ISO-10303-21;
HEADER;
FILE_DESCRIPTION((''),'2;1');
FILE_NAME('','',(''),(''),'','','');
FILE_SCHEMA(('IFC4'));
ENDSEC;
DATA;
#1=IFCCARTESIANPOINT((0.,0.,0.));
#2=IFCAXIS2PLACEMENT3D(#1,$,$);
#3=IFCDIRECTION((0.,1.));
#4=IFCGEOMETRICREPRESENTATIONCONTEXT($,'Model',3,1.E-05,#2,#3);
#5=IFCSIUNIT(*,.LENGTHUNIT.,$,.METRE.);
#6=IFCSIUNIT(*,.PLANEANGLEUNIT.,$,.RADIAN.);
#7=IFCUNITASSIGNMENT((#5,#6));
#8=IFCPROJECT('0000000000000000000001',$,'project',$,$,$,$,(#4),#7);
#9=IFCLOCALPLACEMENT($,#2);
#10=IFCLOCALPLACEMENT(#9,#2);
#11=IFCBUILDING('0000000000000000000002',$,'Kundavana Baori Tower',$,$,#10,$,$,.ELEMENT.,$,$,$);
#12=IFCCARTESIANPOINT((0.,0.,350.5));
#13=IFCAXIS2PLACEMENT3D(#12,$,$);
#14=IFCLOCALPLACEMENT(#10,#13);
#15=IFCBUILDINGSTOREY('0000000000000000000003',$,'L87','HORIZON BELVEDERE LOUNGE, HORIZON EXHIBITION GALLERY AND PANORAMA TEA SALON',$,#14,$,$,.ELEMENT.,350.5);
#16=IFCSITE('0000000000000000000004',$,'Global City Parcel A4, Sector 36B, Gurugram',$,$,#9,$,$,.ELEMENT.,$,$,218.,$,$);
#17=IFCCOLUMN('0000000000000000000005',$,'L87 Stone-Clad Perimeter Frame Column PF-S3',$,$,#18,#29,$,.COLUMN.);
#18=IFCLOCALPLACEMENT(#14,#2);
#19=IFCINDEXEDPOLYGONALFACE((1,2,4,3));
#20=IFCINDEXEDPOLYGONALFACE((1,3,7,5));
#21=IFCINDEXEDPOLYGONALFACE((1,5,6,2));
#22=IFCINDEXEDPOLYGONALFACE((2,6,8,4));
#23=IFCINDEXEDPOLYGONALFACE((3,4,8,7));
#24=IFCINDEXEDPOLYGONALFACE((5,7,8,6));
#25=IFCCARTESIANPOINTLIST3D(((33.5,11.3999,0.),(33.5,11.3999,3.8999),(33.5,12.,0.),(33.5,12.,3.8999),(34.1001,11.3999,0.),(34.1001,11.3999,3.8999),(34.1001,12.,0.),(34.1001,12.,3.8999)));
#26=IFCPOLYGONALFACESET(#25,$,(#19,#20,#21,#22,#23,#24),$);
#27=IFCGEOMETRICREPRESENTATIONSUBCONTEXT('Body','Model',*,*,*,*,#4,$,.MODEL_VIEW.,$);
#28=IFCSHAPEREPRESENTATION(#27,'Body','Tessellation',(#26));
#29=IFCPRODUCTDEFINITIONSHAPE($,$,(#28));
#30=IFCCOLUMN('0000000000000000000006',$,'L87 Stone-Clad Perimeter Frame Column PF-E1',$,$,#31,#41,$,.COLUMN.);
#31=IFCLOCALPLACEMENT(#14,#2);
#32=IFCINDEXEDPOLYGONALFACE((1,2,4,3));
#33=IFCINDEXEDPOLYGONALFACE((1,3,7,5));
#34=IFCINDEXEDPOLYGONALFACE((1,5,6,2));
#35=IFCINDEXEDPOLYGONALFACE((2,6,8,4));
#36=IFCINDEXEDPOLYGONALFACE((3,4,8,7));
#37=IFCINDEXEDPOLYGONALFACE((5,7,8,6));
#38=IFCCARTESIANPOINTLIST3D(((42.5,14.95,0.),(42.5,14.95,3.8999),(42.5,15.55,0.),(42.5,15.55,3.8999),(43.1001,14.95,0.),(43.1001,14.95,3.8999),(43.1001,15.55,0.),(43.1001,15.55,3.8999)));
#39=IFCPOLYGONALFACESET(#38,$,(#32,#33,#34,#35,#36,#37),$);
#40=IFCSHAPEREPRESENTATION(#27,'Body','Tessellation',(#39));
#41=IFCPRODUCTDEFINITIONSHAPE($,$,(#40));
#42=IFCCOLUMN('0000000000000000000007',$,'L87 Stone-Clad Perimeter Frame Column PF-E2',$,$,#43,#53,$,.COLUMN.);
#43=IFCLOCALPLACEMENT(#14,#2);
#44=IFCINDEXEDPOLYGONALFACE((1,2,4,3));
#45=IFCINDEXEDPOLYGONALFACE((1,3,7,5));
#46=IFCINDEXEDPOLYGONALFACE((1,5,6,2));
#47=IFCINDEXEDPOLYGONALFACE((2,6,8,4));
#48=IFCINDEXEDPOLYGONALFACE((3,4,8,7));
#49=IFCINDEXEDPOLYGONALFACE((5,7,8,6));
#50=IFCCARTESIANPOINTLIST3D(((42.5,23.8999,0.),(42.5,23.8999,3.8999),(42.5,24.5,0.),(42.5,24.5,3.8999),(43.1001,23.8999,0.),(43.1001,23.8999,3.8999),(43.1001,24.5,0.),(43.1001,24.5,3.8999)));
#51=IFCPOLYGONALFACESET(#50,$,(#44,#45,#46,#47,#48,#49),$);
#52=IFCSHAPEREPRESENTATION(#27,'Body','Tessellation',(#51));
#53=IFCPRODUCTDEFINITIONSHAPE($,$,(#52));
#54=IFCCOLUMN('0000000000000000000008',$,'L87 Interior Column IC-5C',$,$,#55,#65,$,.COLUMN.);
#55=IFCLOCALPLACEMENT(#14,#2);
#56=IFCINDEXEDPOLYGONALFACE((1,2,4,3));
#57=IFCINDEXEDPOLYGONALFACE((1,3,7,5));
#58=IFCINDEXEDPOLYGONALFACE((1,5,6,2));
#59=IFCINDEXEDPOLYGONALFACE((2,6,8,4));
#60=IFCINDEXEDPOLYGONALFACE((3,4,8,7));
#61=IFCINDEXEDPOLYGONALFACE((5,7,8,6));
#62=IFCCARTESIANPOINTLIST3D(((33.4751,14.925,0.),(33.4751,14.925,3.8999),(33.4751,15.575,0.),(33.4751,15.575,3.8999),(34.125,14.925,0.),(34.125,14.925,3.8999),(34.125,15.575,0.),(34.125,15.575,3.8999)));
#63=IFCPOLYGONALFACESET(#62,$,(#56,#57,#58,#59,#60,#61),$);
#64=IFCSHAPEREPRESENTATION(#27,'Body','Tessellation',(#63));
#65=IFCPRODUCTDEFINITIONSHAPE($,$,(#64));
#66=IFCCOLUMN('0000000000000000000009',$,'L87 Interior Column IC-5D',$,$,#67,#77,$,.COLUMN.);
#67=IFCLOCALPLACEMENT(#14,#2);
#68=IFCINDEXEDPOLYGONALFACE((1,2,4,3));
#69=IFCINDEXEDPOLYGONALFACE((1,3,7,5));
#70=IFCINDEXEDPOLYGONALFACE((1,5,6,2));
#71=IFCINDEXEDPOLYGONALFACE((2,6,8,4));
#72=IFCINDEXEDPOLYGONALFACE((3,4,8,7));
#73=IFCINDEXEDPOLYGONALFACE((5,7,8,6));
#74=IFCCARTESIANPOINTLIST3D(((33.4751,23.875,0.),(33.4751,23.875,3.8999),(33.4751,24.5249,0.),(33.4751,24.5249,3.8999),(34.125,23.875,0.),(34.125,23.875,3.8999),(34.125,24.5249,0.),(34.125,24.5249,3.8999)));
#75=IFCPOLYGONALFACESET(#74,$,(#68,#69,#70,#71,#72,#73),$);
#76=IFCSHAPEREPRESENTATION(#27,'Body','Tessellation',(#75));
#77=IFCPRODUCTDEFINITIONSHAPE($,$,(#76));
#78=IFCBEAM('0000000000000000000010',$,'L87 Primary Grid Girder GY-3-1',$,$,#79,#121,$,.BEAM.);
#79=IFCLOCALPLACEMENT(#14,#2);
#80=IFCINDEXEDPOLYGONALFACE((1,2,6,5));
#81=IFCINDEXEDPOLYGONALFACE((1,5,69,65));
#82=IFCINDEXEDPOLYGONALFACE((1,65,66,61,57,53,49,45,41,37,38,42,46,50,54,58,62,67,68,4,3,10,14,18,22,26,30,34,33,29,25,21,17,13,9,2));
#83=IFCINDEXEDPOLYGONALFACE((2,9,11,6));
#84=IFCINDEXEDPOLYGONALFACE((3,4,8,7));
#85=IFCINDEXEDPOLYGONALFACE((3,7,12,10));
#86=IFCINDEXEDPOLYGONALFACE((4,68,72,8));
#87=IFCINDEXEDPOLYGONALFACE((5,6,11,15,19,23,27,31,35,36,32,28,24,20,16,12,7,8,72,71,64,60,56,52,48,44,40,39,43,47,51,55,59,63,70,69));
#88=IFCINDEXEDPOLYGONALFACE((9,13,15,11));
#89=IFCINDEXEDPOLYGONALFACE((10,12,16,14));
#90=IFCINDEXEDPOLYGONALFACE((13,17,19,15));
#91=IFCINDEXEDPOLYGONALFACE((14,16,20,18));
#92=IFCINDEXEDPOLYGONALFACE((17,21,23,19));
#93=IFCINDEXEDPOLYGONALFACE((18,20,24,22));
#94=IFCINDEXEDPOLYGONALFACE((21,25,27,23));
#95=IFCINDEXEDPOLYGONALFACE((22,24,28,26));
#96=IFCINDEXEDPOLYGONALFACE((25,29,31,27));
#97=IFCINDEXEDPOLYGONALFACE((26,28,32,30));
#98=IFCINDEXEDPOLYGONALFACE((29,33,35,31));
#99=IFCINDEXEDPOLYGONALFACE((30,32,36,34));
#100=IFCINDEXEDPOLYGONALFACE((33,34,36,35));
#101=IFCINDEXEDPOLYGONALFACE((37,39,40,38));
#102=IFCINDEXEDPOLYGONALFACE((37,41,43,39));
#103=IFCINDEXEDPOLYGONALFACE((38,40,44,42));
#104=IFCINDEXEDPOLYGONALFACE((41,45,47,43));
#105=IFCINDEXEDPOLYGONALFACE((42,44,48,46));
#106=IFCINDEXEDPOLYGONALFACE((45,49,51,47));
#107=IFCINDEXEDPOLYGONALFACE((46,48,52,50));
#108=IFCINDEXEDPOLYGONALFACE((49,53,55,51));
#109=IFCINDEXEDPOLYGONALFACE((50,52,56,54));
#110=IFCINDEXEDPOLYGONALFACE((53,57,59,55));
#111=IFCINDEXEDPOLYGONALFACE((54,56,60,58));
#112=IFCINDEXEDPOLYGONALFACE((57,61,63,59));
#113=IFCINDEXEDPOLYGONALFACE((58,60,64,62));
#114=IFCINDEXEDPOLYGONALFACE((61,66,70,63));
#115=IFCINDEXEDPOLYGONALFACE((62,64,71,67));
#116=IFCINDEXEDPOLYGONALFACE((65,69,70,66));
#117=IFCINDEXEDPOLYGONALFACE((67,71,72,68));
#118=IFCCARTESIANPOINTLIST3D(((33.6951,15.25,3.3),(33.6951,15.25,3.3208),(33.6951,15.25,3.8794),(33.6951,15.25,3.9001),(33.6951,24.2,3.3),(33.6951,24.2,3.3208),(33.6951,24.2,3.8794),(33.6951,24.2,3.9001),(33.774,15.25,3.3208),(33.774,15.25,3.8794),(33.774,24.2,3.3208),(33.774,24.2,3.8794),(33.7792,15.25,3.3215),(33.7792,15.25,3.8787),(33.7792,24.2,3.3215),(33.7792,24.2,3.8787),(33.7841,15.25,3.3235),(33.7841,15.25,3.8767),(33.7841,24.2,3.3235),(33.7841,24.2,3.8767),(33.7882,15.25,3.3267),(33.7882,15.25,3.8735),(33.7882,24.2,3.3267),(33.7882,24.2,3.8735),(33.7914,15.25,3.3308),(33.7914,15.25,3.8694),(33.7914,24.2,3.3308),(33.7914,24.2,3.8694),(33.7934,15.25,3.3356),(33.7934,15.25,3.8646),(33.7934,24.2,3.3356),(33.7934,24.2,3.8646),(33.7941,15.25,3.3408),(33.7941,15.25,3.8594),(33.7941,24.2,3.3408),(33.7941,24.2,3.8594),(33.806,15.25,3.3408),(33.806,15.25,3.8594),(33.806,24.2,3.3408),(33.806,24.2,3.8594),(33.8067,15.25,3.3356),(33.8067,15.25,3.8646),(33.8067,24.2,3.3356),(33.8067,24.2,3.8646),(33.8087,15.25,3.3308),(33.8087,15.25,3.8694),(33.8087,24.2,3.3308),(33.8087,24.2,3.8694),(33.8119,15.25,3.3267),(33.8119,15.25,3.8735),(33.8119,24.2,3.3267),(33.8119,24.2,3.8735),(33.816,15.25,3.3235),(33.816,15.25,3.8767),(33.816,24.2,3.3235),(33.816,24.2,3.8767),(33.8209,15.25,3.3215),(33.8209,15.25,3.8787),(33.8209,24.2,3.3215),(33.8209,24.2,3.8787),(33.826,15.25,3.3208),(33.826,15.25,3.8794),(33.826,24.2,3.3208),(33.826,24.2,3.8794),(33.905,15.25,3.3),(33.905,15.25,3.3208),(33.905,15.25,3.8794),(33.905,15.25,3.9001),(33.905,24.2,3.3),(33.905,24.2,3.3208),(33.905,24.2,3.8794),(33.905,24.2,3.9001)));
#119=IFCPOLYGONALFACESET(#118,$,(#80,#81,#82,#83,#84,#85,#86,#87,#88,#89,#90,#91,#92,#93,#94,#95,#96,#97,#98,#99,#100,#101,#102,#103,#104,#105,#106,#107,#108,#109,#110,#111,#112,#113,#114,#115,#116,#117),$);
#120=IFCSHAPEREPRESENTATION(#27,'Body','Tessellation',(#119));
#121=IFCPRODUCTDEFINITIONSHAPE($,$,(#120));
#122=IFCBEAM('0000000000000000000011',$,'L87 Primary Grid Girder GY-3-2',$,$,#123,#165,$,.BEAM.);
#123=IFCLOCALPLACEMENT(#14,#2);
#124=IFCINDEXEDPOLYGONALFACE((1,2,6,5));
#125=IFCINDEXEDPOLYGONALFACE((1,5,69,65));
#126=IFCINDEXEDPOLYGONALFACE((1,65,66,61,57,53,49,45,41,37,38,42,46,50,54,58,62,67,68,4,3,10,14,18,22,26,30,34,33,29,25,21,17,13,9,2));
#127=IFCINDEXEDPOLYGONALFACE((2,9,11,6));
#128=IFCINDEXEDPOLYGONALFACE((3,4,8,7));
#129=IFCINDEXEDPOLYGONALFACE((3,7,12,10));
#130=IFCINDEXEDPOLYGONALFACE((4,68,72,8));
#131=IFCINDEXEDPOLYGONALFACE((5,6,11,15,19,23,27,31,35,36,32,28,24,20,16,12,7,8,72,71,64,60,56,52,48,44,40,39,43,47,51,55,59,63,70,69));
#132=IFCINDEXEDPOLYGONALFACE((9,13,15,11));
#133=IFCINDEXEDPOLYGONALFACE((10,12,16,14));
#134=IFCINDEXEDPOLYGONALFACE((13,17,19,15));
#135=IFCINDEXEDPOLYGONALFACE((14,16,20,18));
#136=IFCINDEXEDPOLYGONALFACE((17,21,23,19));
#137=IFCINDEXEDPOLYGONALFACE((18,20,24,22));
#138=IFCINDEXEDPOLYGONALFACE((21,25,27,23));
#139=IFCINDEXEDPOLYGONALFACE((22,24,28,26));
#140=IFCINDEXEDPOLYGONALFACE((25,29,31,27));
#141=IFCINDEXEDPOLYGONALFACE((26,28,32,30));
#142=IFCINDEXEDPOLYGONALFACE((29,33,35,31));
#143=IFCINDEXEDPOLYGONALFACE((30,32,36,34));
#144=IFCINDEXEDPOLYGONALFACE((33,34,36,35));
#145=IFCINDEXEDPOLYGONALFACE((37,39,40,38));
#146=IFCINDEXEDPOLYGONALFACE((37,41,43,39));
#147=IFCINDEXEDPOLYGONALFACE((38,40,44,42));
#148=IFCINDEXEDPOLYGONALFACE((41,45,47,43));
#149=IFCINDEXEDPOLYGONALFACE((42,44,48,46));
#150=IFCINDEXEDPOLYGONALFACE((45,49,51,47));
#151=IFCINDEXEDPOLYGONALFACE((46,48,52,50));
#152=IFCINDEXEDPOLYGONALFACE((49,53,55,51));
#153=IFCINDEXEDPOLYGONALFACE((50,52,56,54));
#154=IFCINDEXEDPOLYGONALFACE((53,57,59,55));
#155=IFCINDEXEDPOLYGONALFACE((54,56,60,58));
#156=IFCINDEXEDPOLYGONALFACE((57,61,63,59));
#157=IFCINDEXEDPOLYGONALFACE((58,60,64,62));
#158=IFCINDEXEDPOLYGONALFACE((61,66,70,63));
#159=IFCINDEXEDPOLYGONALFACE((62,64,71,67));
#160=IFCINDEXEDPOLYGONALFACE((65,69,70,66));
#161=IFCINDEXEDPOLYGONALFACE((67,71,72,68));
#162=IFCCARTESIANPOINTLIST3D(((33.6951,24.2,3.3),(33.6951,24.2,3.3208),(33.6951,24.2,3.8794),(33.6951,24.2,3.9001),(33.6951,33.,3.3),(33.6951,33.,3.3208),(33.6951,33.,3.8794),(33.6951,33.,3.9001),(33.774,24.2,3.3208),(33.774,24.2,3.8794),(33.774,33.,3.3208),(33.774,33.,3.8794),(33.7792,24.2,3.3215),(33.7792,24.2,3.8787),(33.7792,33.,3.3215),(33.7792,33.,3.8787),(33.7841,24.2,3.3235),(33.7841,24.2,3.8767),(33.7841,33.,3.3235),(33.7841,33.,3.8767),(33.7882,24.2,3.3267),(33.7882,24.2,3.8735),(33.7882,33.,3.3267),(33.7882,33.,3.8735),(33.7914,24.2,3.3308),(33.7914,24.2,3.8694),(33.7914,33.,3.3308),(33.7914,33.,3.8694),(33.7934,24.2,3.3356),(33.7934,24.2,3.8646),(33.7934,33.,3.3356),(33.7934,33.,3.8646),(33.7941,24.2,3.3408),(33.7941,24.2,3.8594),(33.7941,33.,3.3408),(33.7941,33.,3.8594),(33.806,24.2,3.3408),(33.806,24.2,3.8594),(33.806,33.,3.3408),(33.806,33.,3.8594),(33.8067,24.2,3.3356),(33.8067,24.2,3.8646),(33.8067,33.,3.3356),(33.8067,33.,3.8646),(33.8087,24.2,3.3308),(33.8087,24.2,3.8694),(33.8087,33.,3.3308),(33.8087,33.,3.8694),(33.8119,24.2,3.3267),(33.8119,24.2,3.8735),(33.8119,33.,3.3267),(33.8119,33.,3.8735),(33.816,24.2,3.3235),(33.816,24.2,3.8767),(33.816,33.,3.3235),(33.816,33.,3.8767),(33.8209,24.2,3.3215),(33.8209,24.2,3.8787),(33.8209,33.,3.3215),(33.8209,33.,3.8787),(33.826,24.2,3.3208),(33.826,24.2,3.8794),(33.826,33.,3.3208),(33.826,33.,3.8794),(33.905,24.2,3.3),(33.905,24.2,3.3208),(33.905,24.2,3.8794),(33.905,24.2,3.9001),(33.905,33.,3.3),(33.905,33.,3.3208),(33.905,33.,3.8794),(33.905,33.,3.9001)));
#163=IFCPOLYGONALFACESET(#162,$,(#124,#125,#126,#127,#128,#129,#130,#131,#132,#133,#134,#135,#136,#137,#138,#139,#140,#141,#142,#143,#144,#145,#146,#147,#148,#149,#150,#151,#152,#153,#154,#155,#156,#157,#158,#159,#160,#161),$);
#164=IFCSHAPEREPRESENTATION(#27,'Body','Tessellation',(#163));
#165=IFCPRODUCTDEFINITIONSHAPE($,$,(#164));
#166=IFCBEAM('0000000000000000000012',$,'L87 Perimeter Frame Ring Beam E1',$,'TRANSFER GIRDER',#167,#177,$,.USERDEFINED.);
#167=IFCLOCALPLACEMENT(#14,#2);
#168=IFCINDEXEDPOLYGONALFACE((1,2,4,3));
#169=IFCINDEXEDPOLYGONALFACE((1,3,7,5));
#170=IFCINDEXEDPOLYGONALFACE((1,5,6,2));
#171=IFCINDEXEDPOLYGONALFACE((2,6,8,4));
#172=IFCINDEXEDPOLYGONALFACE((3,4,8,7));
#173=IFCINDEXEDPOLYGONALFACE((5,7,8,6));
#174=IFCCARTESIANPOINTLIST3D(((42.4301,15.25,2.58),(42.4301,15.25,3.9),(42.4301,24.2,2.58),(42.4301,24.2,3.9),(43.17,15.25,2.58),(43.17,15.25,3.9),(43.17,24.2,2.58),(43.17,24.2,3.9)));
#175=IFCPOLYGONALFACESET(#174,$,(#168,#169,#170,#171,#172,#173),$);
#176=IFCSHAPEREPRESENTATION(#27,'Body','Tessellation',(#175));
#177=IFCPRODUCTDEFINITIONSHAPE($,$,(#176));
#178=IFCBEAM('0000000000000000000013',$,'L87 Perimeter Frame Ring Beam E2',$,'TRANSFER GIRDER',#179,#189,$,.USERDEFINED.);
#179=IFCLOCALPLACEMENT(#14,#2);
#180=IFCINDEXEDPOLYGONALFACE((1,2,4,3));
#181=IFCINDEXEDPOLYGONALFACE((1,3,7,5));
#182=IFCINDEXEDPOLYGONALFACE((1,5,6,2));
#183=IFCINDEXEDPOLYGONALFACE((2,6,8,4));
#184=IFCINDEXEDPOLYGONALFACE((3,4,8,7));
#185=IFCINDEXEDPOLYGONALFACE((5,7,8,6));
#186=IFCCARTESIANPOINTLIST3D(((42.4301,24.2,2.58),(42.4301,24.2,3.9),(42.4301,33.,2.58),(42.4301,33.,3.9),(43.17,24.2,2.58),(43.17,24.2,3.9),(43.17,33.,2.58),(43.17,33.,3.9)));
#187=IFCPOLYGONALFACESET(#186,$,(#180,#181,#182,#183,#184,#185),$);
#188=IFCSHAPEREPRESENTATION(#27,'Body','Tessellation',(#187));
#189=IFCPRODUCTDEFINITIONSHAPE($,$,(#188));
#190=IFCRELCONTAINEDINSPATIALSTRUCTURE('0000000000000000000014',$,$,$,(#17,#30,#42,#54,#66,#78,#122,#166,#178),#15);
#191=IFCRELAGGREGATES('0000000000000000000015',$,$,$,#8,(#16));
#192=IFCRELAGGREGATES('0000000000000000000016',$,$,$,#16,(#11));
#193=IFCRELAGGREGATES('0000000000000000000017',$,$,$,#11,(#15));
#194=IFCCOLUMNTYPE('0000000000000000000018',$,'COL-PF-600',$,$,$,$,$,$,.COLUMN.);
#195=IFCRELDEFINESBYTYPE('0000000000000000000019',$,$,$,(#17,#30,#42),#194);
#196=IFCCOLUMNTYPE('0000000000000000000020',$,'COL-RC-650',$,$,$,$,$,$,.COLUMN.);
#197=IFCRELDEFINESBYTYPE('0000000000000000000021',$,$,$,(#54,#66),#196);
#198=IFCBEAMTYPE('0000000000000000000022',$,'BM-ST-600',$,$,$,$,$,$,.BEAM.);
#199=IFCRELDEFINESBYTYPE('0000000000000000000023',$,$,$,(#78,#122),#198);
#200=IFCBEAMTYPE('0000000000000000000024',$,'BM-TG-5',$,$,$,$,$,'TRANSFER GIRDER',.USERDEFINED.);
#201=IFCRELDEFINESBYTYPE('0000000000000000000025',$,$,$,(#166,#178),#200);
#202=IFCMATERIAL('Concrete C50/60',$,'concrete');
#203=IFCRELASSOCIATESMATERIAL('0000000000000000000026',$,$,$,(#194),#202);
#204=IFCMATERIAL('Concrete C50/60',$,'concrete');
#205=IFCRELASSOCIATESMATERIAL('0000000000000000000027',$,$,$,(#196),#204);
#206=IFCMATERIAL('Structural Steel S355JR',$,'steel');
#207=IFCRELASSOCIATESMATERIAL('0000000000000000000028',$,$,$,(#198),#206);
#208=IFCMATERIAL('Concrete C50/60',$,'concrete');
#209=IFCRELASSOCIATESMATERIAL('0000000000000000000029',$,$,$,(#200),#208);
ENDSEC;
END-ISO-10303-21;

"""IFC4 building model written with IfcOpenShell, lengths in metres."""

from ifc_helpers import new_model, si_unit, direction, frame, origin, origin_2d, place, context, subcontext, project, spatial, rectangle, i_section, extrude, material, material_profile, profile_set, type_object, element, save


model = new_model("IFC4")

# Units and contexts
model_context = context("Model", 3, precision=1e-05, world=origin(), true_north=direction((0.0, 1.0)))
body_context = subcontext(model_context, "Body", "Model", "MODEL_VIEW")
ifc_project = project(units=[si_unit("LENGTHUNIT", "METRE"), si_unit("PLANEANGLEUNIT", "RADIAN")], contexts=[model_context])

# Site, building, storey
site_placement = place(None, origin())
site = spatial("IfcSite", under=ifc_project, at=site_placement, Name="Global City Parcel A4, Sector 36B, Gurugram", CompositionType="ELEMENT", RefElevation=218.0)
building_placement = place(site_placement, origin())
building = spatial("IfcBuilding", under=site, at=building_placement, Name="Kundavana Baori Tower", CompositionType="ELEMENT")
storey_placement = place(building_placement, frame((0.0, 0.0, 350.5)))
storey = spatial("IfcBuildingStorey", under=building, at=storey_placement, Name="L87", Description="HORIZON BELVEDERE LOUNGE, HORIZON EXHIBITION GALLERY AND PANORAMA TEA SALON", CompositionType="ELEMENT", Elevation=350.5)

# Columns
ifc_material_1 = material(Name="Concrete C50/60", Category="concrete")
ifc_material_profile_1 = material_profile(ifc_material_1, rectangle(XDim=0.6001, YDim=0.6001, at=origin_2d()), Name="RC PF 600x600")
ifc_profile_set_1 = profile_set([ifc_material_profile_1], Name="Concrete C50/60")
column_type_1 = type_object("IfcColumnType", Name="COL-PF-600", PredefinedType="COLUMN", material=ifc_profile_set_1)
for number, where, z_axis, x_axis, name in (
    (1, (33.8, 11.7, 0.0), (0.0, 0.0, 1.0), (1.0, 0.0, 0.0), "L87 Stone-Clad Perimeter Frame Column PF-S3"),
    (2, (42.8, 15.25, 0.0), (0.0, 0.0, 1.0), (1.0, 0.0, 0.0), "L87 Stone-Clad Perimeter Frame Column PF-E1"),
    (3, (42.8, 24.2, 0.0), (0.0, 0.0, 1.0), (1.0, 0.0, 0.0), "L87 Stone-Clad Perimeter Frame Column PF-E2"),
):
    element("IfcColumn", number, at=place(storey_placement, frame(where, z_axis=z_axis, x_axis=x_axis)), inside=storey, type_object=column_type_1, Name=name, PredefinedType="COLUMN", context=body_context, shape_type="SweptSolid", body=[
        extrude(rectangle(XDim=0.6001, YDim=0.6001, at=origin_2d()), origin(), (0.0, 0.0, 1.0), 3.8999),
    ])
ifc_material_2 = material(Name="Concrete C50/60", Category="concrete")
ifc_material_profile_2 = material_profile(ifc_material_2, rectangle(XDim=0.6499, YDim=0.6499, at=origin_2d()), Name="RC 650x650")
ifc_profile_set_2 = profile_set([ifc_material_profile_2], Name="Concrete C50/60")
column_type_2 = type_object("IfcColumnType", Name="COL-RC-650", PredefinedType="COLUMN", material=ifc_profile_set_2)
for number, where, z_axis, x_axis, name in (
    (4, (33.8, 15.25, 0.0), (0.0, 0.0, 1.0), (1.0, 0.0, 0.0), "L87 Interior Column IC-5C"),
    (5, (33.8, 24.2, 0.0), (0.0, 0.0, 1.0), (1.0, 0.0, 0.0), "L87 Interior Column IC-5D"),
):
    element("IfcColumn", number, at=place(storey_placement, frame(where, z_axis=z_axis, x_axis=x_axis)), inside=storey, type_object=column_type_2, Name=name, PredefinedType="COLUMN", context=body_context, shape_type="SweptSolid", body=[
        extrude(rectangle(XDim=0.6499, YDim=0.6499, at=origin_2d()), origin(), (0.0, 0.0, 1.0), 3.8999),
    ])

# Beams
ifc_material_3 = material(Name="Structural Steel S355JR", Category="steel")
ifc_material_profile_3 = material_profile(ifc_material_3, i_section(OverallWidth=0.21, OverallDepth=0.6001, WebThickness=0.012, FlangeThickness=0.0208, FilletRadius=0.02, at=origin_2d()), Name="ISMB 600")
ifc_profile_set_3 = profile_set([ifc_material_profile_3], Name="Structural Steel S355JR")
beam_type_1 = type_object("IfcBeamType", Name="BM-ST-600", PredefinedType="BEAM", material=ifc_profile_set_3)
beam_1_placement = place(storey_placement, frame((33.8, 15.25, 3.6001), z_axis=(0.0, 1.0, 0.0), x_axis=(-1.0, 0.0, 0.0)))
element("IfcBeam", 6, at=beam_1_placement, inside=storey, type_object=beam_type_1, Name="L87 Primary Grid Girder GY-3-1", PredefinedType="BEAM", context=body_context, shape_type="SweptSolid", body=[
    extrude(i_section(OverallWidth=0.21, OverallDepth=0.6001, WebThickness=0.012, FlangeThickness=0.0208, FilletRadius=0.02, at=origin_2d()), origin(), (0.0, 0.0, 1.0), 8.95),
])
beam_2_placement = place(storey_placement, frame((33.8, 24.2, 3.6001), z_axis=(0.0, 1.0, 0.0), x_axis=(-1.0, 0.0, 0.0)))
element("IfcBeam", 7, at=beam_2_placement, inside=storey, type_object=beam_type_1, Name="L87 Primary Grid Girder GY-3-2", PredefinedType="BEAM", context=body_context, shape_type="SweptSolid", body=[
    extrude(i_section(OverallWidth=0.21, OverallDepth=0.6001, WebThickness=0.012, FlangeThickness=0.0208, FilletRadius=0.02, at=origin_2d()), origin(), (0.0, 0.0, 1.0), 8.8),
])
ifc_material_4 = material(Name="Concrete C50/60", Category="concrete")
ifc_material_profile_4 = material_profile(ifc_material_4, rectangle(XDim=0.74, YDim=1.3201, at=origin_2d()), Name="BM-TG-5")
ifc_profile_set_4 = profile_set([ifc_material_profile_4], Name="Concrete C50/60")
beam_type_2 = type_object("IfcBeamType", Name="BM-TG-5", ElementType="TRANSFER GIRDER", PredefinedType="USERDEFINED", material=ifc_profile_set_4)
beam_3_placement = place(storey_placement, frame((42.8, 15.25, 3.24), z_axis=(0.0, 1.0, 0.0), x_axis=(-1.0, 0.0, 0.0)))
element("IfcBeam", 8, at=beam_3_placement, inside=storey, type_object=beam_type_2, Name="L87 Perimeter Frame Ring Beam E1", ObjectType="TRANSFER GIRDER", PredefinedType="USERDEFINED", context=body_context, shape_type="SweptSolid", body=[
    extrude(rectangle(XDim=0.74, YDim=1.3201, at=origin_2d()), origin(), (0.0, 0.0, 1.0), 8.95),
])
beam_4_placement = place(storey_placement, frame((42.8, 24.2, 3.24), z_axis=(0.0, 1.0, 0.0), x_axis=(-1.0, 0.0, 0.0)))
element("IfcBeam", 9, at=beam_4_placement, inside=storey, type_object=beam_type_2, Name="L87 Perimeter Frame Ring Beam E2", ObjectType="TRANSFER GIRDER", PredefinedType="USERDEFINED", context=body_context, shape_type="SweptSolid", body=[
    extrude(rectangle(XDim=0.74, YDim=1.3201, at=origin_2d()), origin(), (0.0, 0.0, 1.0), 8.8),
])

save(model, "model.ifc")
